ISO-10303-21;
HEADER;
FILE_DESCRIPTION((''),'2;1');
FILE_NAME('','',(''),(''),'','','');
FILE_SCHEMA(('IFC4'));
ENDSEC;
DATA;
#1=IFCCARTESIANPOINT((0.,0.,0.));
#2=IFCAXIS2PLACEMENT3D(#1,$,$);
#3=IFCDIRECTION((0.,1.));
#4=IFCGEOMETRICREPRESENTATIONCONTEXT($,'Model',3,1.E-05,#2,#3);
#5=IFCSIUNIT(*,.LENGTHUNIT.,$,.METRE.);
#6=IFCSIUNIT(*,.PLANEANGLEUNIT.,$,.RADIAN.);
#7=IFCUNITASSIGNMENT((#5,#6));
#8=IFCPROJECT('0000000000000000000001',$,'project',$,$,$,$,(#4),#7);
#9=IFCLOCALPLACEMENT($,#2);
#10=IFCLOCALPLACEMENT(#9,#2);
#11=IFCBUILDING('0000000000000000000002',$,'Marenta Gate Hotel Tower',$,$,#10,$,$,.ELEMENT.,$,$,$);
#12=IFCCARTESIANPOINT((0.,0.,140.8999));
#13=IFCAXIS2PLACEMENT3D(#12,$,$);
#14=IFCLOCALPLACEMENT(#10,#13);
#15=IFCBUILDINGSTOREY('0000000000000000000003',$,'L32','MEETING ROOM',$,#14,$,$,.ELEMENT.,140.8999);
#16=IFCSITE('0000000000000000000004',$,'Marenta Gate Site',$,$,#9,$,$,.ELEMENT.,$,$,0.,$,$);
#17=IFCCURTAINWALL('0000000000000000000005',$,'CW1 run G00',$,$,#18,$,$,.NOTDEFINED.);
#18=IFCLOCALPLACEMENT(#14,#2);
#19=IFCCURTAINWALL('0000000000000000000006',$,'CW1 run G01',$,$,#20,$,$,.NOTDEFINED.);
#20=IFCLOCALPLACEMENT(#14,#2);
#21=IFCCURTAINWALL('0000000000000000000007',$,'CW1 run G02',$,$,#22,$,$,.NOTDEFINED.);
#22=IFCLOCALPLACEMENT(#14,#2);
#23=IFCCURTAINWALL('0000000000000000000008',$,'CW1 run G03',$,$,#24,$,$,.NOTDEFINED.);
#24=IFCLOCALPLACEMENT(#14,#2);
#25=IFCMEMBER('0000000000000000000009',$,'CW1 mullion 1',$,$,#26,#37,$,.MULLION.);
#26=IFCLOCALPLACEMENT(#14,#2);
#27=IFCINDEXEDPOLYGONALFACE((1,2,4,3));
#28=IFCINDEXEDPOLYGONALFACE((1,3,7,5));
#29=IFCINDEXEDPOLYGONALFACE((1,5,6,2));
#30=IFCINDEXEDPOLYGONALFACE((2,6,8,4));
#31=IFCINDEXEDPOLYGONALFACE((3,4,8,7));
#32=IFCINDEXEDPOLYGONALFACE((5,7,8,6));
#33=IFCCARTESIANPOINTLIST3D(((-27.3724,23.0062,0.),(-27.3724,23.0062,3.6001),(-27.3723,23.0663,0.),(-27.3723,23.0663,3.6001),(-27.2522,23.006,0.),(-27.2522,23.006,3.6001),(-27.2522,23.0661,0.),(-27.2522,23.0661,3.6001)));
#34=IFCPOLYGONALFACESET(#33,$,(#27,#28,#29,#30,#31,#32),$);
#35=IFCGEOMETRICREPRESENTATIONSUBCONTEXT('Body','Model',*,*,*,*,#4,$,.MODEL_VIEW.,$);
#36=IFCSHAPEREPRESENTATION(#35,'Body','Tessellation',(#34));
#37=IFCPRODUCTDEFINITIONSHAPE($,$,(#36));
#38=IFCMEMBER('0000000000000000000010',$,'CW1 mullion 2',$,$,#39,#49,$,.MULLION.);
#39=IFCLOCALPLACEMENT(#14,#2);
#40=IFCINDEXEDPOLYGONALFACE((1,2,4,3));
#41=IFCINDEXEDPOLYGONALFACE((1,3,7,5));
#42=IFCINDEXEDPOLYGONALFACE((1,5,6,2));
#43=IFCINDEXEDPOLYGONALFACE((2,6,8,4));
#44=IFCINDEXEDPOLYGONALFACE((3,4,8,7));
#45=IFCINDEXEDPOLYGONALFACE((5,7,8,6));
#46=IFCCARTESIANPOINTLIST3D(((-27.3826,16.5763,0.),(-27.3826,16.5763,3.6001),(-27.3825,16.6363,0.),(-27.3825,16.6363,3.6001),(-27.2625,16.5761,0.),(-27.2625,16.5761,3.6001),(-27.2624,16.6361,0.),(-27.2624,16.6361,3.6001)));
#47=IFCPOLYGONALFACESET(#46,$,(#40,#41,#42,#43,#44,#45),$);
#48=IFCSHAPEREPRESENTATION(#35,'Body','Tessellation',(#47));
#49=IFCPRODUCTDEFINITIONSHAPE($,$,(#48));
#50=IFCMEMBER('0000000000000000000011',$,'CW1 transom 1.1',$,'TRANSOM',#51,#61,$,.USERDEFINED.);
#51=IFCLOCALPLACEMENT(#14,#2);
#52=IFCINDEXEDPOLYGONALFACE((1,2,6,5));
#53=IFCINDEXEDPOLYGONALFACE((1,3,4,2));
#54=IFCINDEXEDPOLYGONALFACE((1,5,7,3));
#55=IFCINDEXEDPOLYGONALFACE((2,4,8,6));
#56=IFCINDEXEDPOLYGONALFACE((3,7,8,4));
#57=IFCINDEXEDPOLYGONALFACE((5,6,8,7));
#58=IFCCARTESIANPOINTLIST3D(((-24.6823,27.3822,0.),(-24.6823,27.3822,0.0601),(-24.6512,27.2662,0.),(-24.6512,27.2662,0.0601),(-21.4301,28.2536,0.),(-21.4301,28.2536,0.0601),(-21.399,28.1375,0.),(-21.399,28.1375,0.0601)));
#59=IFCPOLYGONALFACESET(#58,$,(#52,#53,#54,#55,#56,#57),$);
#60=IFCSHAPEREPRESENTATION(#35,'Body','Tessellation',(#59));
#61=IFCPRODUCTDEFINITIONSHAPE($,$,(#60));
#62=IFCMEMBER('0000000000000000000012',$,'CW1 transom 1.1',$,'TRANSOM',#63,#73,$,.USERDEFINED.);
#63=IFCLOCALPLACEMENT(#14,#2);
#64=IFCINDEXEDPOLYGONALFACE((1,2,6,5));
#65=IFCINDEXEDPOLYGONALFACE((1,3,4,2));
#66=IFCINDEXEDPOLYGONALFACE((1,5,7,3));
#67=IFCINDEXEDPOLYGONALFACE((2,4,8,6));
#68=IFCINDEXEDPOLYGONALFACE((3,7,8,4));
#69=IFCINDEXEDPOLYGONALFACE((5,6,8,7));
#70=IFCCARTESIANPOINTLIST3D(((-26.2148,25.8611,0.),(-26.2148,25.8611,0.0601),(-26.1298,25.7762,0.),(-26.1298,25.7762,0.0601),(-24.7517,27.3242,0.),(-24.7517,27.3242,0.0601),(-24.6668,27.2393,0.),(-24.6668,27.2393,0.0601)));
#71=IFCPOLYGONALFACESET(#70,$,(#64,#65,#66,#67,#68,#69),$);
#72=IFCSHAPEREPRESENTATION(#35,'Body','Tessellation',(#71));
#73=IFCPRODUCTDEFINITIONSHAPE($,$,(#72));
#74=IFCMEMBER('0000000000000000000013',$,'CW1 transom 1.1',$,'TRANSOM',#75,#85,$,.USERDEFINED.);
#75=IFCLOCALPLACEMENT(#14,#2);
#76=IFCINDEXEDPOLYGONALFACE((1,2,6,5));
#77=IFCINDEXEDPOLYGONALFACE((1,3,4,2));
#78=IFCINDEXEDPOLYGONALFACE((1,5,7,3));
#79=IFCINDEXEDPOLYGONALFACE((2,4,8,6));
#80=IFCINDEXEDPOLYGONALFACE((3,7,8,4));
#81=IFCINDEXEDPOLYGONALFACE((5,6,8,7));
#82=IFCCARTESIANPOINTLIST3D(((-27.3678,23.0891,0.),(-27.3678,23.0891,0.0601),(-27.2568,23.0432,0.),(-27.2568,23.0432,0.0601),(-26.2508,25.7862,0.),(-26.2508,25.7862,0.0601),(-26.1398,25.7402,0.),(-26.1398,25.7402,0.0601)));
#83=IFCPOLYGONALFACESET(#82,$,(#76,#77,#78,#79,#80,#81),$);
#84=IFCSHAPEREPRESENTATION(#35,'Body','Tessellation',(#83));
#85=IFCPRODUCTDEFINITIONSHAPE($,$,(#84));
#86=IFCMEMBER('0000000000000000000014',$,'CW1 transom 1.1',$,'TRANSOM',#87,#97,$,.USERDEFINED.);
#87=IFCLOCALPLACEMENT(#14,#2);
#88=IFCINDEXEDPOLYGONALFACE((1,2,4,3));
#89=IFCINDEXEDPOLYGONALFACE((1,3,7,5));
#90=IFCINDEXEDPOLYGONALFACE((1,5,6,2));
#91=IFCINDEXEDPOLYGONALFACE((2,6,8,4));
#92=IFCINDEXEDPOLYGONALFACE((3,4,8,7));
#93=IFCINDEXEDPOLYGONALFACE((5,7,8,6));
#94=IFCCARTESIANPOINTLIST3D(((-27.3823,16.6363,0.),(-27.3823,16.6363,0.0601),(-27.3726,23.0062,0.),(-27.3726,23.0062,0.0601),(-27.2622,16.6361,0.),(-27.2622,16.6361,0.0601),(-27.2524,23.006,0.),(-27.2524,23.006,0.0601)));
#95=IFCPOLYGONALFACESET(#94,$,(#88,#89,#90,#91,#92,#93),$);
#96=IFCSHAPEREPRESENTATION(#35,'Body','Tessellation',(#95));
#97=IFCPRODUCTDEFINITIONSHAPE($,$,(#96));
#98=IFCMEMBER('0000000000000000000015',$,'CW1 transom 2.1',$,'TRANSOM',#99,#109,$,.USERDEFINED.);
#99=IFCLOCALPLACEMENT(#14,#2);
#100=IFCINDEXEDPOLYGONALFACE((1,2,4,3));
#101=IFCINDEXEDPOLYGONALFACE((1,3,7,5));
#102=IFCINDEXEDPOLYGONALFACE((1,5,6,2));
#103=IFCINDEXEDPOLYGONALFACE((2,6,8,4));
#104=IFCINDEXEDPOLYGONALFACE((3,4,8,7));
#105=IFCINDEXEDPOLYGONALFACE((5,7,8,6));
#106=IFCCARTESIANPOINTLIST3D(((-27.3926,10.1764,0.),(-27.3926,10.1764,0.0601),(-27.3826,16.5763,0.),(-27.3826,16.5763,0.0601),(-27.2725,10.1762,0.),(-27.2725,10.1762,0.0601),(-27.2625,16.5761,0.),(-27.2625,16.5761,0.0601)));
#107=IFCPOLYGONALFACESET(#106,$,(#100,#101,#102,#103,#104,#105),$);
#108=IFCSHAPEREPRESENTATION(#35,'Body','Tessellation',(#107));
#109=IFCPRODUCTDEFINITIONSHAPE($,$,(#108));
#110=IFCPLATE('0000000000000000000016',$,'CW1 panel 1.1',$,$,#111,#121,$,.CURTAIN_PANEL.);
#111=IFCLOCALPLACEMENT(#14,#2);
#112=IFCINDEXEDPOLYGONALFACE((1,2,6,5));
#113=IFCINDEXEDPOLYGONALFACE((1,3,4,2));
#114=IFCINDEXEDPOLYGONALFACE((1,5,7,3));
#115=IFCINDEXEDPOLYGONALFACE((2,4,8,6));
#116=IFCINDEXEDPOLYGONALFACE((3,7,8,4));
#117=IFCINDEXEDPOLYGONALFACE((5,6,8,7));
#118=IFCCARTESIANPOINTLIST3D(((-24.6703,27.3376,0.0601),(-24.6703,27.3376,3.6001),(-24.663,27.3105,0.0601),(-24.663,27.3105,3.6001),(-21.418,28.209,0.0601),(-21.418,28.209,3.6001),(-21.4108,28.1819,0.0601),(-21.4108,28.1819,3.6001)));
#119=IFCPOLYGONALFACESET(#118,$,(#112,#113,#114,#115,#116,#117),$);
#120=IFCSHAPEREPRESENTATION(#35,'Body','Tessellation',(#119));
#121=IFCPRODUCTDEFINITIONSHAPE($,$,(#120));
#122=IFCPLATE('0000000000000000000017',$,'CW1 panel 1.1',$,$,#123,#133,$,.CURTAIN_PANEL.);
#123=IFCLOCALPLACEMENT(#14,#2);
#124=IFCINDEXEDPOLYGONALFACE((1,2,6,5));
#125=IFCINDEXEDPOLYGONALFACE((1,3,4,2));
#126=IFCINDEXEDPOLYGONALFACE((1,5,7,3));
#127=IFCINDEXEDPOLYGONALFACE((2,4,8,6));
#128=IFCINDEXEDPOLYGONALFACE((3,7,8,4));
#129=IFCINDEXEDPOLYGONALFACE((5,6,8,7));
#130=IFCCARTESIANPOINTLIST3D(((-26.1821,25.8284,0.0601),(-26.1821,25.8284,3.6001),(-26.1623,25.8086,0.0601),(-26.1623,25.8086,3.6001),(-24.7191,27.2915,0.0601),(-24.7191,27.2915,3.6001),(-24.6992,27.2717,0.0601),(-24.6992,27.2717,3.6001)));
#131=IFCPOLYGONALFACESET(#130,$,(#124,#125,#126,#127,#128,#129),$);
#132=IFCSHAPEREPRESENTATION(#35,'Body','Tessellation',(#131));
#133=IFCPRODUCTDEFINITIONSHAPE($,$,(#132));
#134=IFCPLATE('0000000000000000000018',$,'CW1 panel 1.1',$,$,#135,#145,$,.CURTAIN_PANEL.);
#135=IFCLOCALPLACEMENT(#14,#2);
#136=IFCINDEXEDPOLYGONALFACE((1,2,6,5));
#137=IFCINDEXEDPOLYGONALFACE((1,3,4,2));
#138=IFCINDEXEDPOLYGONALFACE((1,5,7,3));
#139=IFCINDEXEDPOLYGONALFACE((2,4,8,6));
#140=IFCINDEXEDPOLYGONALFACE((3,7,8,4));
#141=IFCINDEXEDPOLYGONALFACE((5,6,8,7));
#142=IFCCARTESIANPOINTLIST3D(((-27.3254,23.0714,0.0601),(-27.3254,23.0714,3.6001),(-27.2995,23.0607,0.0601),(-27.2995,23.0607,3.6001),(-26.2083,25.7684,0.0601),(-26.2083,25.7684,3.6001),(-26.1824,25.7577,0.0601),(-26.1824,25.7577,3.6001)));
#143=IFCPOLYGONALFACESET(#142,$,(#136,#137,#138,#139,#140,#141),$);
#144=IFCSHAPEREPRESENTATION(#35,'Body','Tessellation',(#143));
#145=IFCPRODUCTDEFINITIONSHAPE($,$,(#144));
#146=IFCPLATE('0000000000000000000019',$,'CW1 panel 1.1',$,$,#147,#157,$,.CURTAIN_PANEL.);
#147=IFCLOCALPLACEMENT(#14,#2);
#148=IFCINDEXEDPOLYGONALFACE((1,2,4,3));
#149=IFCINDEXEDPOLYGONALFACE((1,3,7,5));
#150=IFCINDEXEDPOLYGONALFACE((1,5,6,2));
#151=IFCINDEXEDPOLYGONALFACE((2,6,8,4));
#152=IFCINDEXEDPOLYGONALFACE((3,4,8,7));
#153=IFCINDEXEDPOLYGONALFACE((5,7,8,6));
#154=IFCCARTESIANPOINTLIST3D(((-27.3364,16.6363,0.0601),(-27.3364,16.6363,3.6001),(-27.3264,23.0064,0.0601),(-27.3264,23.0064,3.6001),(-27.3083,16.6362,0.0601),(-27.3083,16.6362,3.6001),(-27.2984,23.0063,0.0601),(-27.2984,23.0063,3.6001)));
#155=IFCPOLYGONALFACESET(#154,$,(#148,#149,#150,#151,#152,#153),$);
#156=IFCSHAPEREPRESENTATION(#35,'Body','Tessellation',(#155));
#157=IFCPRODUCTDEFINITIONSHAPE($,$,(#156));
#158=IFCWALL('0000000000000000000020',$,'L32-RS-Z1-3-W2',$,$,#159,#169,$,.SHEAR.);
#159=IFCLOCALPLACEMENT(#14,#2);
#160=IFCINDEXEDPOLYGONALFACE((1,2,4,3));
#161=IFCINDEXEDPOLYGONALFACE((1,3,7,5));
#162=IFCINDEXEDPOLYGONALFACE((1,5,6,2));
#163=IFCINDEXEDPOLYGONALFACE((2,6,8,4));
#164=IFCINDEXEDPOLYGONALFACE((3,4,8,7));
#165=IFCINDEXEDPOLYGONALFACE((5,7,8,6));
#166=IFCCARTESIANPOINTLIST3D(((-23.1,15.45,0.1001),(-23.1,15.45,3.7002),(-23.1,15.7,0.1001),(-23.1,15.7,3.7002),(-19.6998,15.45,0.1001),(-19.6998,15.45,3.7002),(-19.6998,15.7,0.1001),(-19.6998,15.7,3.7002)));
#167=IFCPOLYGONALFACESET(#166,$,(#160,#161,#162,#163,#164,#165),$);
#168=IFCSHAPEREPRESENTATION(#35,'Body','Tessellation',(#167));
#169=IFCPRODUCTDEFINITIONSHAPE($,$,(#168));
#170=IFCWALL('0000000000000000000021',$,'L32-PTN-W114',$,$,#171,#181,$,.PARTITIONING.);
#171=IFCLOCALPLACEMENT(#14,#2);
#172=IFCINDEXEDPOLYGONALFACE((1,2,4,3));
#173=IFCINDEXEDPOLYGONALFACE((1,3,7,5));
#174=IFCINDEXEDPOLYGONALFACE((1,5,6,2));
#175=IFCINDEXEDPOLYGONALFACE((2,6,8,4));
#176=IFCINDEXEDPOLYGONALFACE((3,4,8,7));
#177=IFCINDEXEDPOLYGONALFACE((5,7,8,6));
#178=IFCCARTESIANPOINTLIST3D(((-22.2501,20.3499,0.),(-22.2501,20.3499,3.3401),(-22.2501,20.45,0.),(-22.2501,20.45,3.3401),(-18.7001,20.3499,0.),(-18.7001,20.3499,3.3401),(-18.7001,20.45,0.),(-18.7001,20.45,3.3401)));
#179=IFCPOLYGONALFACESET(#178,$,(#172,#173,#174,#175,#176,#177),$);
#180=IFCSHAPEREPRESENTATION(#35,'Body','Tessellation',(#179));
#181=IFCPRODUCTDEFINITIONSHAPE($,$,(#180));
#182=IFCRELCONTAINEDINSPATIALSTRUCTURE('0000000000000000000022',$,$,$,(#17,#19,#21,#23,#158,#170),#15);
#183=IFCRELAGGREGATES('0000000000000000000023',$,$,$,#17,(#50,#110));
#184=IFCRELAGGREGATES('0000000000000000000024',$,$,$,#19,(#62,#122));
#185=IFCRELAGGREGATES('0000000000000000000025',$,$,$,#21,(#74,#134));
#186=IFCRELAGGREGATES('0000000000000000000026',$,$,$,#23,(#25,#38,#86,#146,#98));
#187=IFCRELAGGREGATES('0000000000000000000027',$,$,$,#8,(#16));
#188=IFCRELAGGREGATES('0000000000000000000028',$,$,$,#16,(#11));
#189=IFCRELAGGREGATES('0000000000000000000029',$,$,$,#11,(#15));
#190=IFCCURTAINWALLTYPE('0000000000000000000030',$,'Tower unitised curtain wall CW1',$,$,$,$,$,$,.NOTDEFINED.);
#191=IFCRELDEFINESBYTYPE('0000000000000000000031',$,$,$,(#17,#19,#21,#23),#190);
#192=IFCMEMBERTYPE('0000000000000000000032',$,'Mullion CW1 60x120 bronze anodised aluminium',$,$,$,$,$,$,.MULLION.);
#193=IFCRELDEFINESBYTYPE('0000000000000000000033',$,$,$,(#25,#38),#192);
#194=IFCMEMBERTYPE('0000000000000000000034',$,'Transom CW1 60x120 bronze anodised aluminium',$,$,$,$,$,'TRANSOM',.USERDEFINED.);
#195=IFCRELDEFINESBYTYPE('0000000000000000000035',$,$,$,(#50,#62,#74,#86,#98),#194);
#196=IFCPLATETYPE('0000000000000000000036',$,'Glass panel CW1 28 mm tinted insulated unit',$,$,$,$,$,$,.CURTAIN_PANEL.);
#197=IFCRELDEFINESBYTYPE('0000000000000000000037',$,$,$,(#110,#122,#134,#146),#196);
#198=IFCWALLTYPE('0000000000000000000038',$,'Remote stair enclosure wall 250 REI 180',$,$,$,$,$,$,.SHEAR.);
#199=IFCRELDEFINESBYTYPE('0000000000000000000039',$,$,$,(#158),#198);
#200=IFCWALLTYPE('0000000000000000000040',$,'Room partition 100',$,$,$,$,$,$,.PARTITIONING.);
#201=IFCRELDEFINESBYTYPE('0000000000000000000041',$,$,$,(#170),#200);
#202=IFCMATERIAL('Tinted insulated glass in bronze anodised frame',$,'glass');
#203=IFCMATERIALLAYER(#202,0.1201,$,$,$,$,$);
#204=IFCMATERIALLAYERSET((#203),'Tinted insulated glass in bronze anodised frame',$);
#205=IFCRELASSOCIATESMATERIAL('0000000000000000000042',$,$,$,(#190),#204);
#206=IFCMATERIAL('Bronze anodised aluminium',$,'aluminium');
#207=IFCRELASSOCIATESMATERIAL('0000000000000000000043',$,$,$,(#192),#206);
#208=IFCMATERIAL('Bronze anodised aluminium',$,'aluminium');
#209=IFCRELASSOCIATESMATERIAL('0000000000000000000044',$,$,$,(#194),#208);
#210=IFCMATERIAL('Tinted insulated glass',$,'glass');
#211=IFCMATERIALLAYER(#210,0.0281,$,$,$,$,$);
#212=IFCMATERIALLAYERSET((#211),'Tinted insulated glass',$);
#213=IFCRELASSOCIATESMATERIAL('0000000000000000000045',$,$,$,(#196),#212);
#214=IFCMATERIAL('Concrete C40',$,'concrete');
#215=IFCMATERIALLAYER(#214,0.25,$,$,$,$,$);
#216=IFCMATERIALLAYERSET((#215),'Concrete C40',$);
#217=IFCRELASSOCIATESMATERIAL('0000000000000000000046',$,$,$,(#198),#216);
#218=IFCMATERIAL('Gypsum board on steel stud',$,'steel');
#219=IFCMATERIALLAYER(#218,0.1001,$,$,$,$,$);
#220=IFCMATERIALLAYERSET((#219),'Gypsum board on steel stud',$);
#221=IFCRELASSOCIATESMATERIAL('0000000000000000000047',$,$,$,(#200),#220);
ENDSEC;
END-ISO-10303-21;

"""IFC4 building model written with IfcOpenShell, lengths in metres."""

from ifc_helpers import new_model, si_unit, direction, frame, frame_2d, origin, origin_2d, place, context, subcontext, project, spatial, rectangle, extrude, material, layer, layer_set, material_profile, profile_set, type_object, element, aggregate, save


model = new_model("IFC4")

# Units and contexts
model_context = context("Model", 3, precision=1e-05, world=origin(), true_north=direction((0.0, 1.0)))
body_context = subcontext(model_context, "Body", "Model", "MODEL_VIEW")
ifc_project = project(units=[si_unit("LENGTHUNIT", "METRE"), si_unit("PLANEANGLEUNIT", "RADIAN")], contexts=[model_context])

# Site, building, storey
site_placement = place(None, origin())
site = spatial("IfcSite", under=ifc_project, at=site_placement, Name="Marenta Gate Site", CompositionType="ELEMENT", RefElevation=0.0)
building_placement = place(site_placement, origin())
building = spatial("IfcBuilding", under=site, at=building_placement, Name="Marenta Gate Hotel Tower", CompositionType="ELEMENT")
storey_placement = place(building_placement, frame((0.0, 0.0, 140.8999)))
storey = spatial("IfcBuildingStorey", under=building, at=storey_placement, Name="L32", Description="MEETING ROOM", CompositionType="ELEMENT", Elevation=140.8999)

# Curtain walls
ifc_material_1 = material(Name="Tinted insulated glass in bronze anodised frame", Category="glass")
ifc_layer_1 = layer(ifc_material_1, 0.1201)
ifc_layer_set_1 = layer_set([ifc_layer_1], Name="Tinted insulated glass in bronze anodised frame")
curtain_wall_type = type_object("IfcCurtainWallType", Name="Tower unitised curtain wall CW1", PredefinedType="NOTDEFINED", material=ifc_layer_set_1)
curtain_wall_1_placement = place(storey_placement, origin())
curtain_wall_1 = element("IfcCurtainWall", 1, at=curtain_wall_1_placement, inside=storey, type_object=curtain_wall_type, Name="CW1 run G00", PredefinedType="NOTDEFINED")
ifc_material_2 = material(Name="Bronze anodised aluminium", Category="aluminium")
ifc_material_profile_1 = material_profile(ifc_material_2, rectangle(XDim=0.1201, YDim=0.0601, at=origin_2d()), Name="Mullion CW1 60x120 bronze anodised aluminium")
ifc_profile_set_1 = profile_set([ifc_material_profile_1], Name="Bronze anodised aluminium")
member_type_1 = type_object("IfcMemberType", Name="Mullion CW1 60x120 bronze anodised aluminium", PredefinedType="MULLION", material=ifc_profile_set_1)
curtain_wall_2_placement = place(storey_placement, origin())
curtain_wall_2 = element("IfcCurtainWall", 2, at=curtain_wall_2_placement, inside=storey, type_object=curtain_wall_type, Name="CW1 run G01", PredefinedType="NOTDEFINED")
curtain_wall_3_placement = place(storey_placement, origin())
curtain_wall_3 = element("IfcCurtainWall", 3, at=curtain_wall_3_placement, inside=storey, type_object=curtain_wall_type, Name="CW1 run G02", PredefinedType="NOTDEFINED")

# Curtain wall, members
curtain_wall_4_placement = place(storey_placement, origin())
curtain_wall_4 = element("IfcCurtainWall", 4, at=curtain_wall_4_placement, inside=storey, type_object=curtain_wall_type, Name="CW1 run G03", PredefinedType="NOTDEFINED")
member_1_placement = place(storey_placement, frame((-27.3123, 23.0361, 0.0), z_axis=(0.0, 0.0, 1.0), x_axis=(0.999999, -0.001566, 0.0)))
member_1 = element("IfcMember", 5, at=member_1_placement, type_object=member_type_1, Name="CW1 mullion 1", PredefinedType="MULLION", context=body_context, shape_type="SweptSolid", body=[
    extrude(rectangle(XDim=0.1201, YDim=0.0601, at=origin_2d()), origin(), (0.0, 0.0, 1.0), 3.6001),
])
member_2_placement = place(storey_placement, frame((-27.3225, 16.6062, 0.0), z_axis=(0.0, 0.0, 1.0), x_axis=(0.999999, -0.001566, 0.0)))
member_2 = element("IfcMember", 6, at=member_2_placement, type_object=member_type_1, Name="CW1 mullion 2", PredefinedType="MULLION", context=body_context, shape_type="SweptSolid", body=[
    extrude(rectangle(XDim=0.1201, YDim=0.0601, at=origin_2d()), origin(), (0.0, 0.0, 1.0), 3.6001),
])

# Members
ifc_material_3 = material(Name="Bronze anodised aluminium", Category="aluminium")
ifc_material_profile_2 = material_profile(ifc_material_3, rectangle(XDim=0.1201, YDim=0.0601, at=origin_2d()), Name="Transom CW1 60x120 bronze anodised aluminium")
ifc_profile_set_2 = profile_set([ifc_material_profile_2], Name="Bronze anodised aluminium")
member_type_2 = type_object("IfcMemberType", Name="Transom CW1 60x120 bronze anodised aluminium", ElementType="TRANSOM", PredefinedType="USERDEFINED", material=ifc_profile_set_2)
member_3_placement = place(storey_placement, frame((-21.4146, 28.1956, 0.03), z_axis=(-0.965932, -0.258795, 0.0), x_axis=(0.258795, -0.965932, 0.0)))
member_3 = element("IfcMember", 7, at=member_3_placement, type_object=member_type_2, Name="CW1 transom 1.1", ObjectType="TRANSOM", PredefinedType="USERDEFINED", context=body_context, shape_type="SweptSolid", body=[
    extrude(rectangle(XDim=0.1201, YDim=0.0601, at=origin_2d()), origin(), (0.0, 0.0, 1.0), 3.3669),
])
member_4_placement = place(storey_placement, frame((-24.7092, 27.2817, 0.03), z_axis=(-0.707107, -0.707107, 0.0), x_axis=(0.707107, -0.707107, 0.0)))
member_4 = element("IfcMember", 8, at=member_4_placement, type_object=member_type_2, Name="CW1 transom 1.1", ObjectType="TRANSOM", PredefinedType="USERDEFINED", context=body_context, shape_type="SweptSolid", body=[
    extrude(rectangle(XDim=0.1201, YDim=0.0601, at=origin_2d()), origin(), (0.0, 0.0, 1.0), 2.0691),
])
member_5_placement = place(storey_placement, frame((-26.1953, 25.7632, 0.03), z_axis=(-0.382625, -0.923904, 0.0), x_axis=(0.923904, -0.382625, 0.0)))
member_5 = element("IfcMember", 9, at=member_5_placement, type_object=member_type_2, Name="CW1 transom 1.1", ObjectType="TRANSOM", PredefinedType="USERDEFINED", context=body_context, shape_type="SweptSolid", body=[
    extrude(rectangle(XDim=0.1201, YDim=0.0601, at=origin_2d()), origin(), (0.0, 0.0, 1.0), 2.9192),
])
member_6_placement = place(storey_placement, frame((-27.3125, 23.0061, 0.03), z_axis=(-0.001533, -0.999999, 0.0), x_axis=(0.999999, -0.001533, 0.0)))
member_6 = element("IfcMember", 10, at=member_6_placement, type_object=member_type_2, Name="CW1 transom 1.1", ObjectType="TRANSOM", PredefinedType="USERDEFINED", context=body_context, shape_type="SweptSolid", body=[
    extrude(rectangle(XDim=0.1201, YDim=0.0601, at=origin_2d()), origin(), (0.0, 0.0, 1.0), 6.3699),
])
member_7_placement = place(storey_placement, frame((-27.3225, 16.5762, 0.03), z_axis=(-0.001564, -0.999999, 0.0), x_axis=(0.999999, -0.001564, 0.0)))
member_7 = element("IfcMember", 11, at=member_7_placement, type_object=member_type_2, Name="CW1 transom 2.1", ObjectType="TRANSOM", PredefinedType="USERDEFINED", context=body_context, shape_type="SweptSolid", body=[
    extrude(rectangle(XDim=0.1201, YDim=0.0601, at=origin_2d()), origin(), (0.0, 0.0, 1.0), 6.3999),
])

# Plates
ifc_material_4 = material(Name="Tinted insulated glass", Category="glass")
ifc_layer_2 = layer(ifc_material_4, 0.0281)
ifc_layer_set_2 = layer_set([ifc_layer_2], Name="Tinted insulated glass")
plate_type = type_object("IfcPlateType", Name="Glass panel CW1 28 mm tinted insulated unit", PredefinedType="CURTAIN_PANEL", material=ifc_layer_set_2)
plate_1_placement = place(storey_placement, frame((-23.0405, 27.7598, 0.0601), z_axis=(0.0, 0.0, 1.0), x_axis=(-0.965931, -0.258801, 0.0)))
plate_1 = element("IfcPlate", 12, at=plate_1_placement, type_object=plate_type, Name="CW1 panel 1.1", PredefinedType="CURTAIN_PANEL", context=body_context, shape_type="SweptSolid", body=[
    extrude(rectangle(XDim=3.3669, YDim=0.0281, at=origin_2d()), origin(), (0.0, 0.0, 1.0), 3.54),
])
aggregate(curtain_wall_1, [member_3, plate_1])
plate_2_placement = place(storey_placement, frame((-25.4407, 26.55, 0.0601), z_axis=(0.0, 0.0, 1.0), x_axis=(-0.707107, -0.707107, 0.0)))
plate_2 = element("IfcPlate", 13, at=plate_2_placement, type_object=plate_type, Name="CW1 panel 1.1", PredefinedType="CURTAIN_PANEL", context=body_context, shape_type="SweptSolid", body=[
    extrude(rectangle(XDim=2.0691, YDim=0.0281, at=origin_2d()), origin(), (0.0, 0.0, 1.0), 3.54),
])
aggregate(curtain_wall_2, [member_4, plate_2])
plate_3_placement = place(storey_placement, frame((-26.7539, 24.4146, 0.0601), z_axis=(0.0, 0.0, 1.0), x_axis=(-0.382672, -0.923884, 0.0)))
plate_3 = element("IfcPlate", 14, at=plate_3_placement, type_object=plate_type, Name="CW1 panel 1.1", PredefinedType="CURTAIN_PANEL", context=body_context, shape_type="SweptSolid", body=[
    extrude(rectangle(XDim=2.9192, YDim=0.0281, at=origin_2d()), origin(), (0.0, 0.0, 1.0), 3.54),
])
aggregate(curtain_wall_3, [member_5, plate_3])
plate_4_placement = place(storey_placement, frame((-27.3174, 19.8213, 0.0601), z_axis=(0.0, 0.0, 1.0), x_axis=(-0.001566, -0.999999, 0.0)))
plate_4 = element("IfcPlate", 15, at=plate_4_placement, type_object=plate_type, Name="CW1 panel 1.1", PredefinedType="CURTAIN_PANEL", context=body_context, shape_type="SweptSolid", body=[
    extrude(rectangle(XDim=6.3701, YDim=0.0281, at=origin_2d()), origin(), (0.0, 0.0, 1.0), 3.54),
])
aggregate(curtain_wall_4, [member_1, member_2, member_6, plate_4, member_7])

# Wall
ifc_material_5 = material(Name="Concrete C40", Category="concrete")
ifc_layer_3 = layer(ifc_material_5, 0.25)
ifc_layer_set_3 = layer_set([ifc_layer_3], Name="Concrete C40")
wall_type_1 = type_object("IfcWallType", Name="Remote stair enclosure wall 250 REI 180", PredefinedType="SHEAR", material=ifc_layer_set_3)
wall_1_placement = place(storey_placement, frame((-23.1001, 15.575, 0.1001), z_axis=(0.0, 0.0, 1.0), x_axis=(1.0, 0.0, 0.0)))
element("IfcWall", 16, at=wall_1_placement, inside=storey, type_object=wall_type_1, Name="L32-RS-Z1-3-W2", PredefinedType="SHEAR", context=body_context, shape_type="SweptSolid", body=[
    extrude(rectangle(XDim=3.4001, YDim=0.25, at=frame_2d((1.7002, 0.0))), origin(), (0.0, 0.0, 1.0), 3.6001),
])

# Wall
ifc_material_6 = material(Name="Gypsum board on steel stud", Category="steel")
ifc_layer_4 = layer(ifc_material_6, 0.1001)
ifc_layer_set_4 = layer_set([ifc_layer_4], Name="Gypsum board on steel stud")
wall_type_2 = type_object("IfcWallType", Name="Room partition 100", PredefinedType="PARTITIONING", material=ifc_layer_set_4)
wall_2_placement = place(storey_placement, frame((-22.25, 20.3999, 0.0), z_axis=(0.0, 0.0, 1.0), x_axis=(1.0, 0.0, 0.0)))
element("IfcWall", 17, at=wall_2_placement, inside=storey, type_object=wall_type_2, Name="L32-PTN-W114", PredefinedType="PARTITIONING", context=body_context, shape_type="SweptSolid", body=[
    extrude(rectangle(XDim=3.55, YDim=0.1001, at=frame_2d((1.7749, 0.0))), origin(), (0.0, 0.0, 1.0), 3.3401),
])

save(model, "model.ifc")
